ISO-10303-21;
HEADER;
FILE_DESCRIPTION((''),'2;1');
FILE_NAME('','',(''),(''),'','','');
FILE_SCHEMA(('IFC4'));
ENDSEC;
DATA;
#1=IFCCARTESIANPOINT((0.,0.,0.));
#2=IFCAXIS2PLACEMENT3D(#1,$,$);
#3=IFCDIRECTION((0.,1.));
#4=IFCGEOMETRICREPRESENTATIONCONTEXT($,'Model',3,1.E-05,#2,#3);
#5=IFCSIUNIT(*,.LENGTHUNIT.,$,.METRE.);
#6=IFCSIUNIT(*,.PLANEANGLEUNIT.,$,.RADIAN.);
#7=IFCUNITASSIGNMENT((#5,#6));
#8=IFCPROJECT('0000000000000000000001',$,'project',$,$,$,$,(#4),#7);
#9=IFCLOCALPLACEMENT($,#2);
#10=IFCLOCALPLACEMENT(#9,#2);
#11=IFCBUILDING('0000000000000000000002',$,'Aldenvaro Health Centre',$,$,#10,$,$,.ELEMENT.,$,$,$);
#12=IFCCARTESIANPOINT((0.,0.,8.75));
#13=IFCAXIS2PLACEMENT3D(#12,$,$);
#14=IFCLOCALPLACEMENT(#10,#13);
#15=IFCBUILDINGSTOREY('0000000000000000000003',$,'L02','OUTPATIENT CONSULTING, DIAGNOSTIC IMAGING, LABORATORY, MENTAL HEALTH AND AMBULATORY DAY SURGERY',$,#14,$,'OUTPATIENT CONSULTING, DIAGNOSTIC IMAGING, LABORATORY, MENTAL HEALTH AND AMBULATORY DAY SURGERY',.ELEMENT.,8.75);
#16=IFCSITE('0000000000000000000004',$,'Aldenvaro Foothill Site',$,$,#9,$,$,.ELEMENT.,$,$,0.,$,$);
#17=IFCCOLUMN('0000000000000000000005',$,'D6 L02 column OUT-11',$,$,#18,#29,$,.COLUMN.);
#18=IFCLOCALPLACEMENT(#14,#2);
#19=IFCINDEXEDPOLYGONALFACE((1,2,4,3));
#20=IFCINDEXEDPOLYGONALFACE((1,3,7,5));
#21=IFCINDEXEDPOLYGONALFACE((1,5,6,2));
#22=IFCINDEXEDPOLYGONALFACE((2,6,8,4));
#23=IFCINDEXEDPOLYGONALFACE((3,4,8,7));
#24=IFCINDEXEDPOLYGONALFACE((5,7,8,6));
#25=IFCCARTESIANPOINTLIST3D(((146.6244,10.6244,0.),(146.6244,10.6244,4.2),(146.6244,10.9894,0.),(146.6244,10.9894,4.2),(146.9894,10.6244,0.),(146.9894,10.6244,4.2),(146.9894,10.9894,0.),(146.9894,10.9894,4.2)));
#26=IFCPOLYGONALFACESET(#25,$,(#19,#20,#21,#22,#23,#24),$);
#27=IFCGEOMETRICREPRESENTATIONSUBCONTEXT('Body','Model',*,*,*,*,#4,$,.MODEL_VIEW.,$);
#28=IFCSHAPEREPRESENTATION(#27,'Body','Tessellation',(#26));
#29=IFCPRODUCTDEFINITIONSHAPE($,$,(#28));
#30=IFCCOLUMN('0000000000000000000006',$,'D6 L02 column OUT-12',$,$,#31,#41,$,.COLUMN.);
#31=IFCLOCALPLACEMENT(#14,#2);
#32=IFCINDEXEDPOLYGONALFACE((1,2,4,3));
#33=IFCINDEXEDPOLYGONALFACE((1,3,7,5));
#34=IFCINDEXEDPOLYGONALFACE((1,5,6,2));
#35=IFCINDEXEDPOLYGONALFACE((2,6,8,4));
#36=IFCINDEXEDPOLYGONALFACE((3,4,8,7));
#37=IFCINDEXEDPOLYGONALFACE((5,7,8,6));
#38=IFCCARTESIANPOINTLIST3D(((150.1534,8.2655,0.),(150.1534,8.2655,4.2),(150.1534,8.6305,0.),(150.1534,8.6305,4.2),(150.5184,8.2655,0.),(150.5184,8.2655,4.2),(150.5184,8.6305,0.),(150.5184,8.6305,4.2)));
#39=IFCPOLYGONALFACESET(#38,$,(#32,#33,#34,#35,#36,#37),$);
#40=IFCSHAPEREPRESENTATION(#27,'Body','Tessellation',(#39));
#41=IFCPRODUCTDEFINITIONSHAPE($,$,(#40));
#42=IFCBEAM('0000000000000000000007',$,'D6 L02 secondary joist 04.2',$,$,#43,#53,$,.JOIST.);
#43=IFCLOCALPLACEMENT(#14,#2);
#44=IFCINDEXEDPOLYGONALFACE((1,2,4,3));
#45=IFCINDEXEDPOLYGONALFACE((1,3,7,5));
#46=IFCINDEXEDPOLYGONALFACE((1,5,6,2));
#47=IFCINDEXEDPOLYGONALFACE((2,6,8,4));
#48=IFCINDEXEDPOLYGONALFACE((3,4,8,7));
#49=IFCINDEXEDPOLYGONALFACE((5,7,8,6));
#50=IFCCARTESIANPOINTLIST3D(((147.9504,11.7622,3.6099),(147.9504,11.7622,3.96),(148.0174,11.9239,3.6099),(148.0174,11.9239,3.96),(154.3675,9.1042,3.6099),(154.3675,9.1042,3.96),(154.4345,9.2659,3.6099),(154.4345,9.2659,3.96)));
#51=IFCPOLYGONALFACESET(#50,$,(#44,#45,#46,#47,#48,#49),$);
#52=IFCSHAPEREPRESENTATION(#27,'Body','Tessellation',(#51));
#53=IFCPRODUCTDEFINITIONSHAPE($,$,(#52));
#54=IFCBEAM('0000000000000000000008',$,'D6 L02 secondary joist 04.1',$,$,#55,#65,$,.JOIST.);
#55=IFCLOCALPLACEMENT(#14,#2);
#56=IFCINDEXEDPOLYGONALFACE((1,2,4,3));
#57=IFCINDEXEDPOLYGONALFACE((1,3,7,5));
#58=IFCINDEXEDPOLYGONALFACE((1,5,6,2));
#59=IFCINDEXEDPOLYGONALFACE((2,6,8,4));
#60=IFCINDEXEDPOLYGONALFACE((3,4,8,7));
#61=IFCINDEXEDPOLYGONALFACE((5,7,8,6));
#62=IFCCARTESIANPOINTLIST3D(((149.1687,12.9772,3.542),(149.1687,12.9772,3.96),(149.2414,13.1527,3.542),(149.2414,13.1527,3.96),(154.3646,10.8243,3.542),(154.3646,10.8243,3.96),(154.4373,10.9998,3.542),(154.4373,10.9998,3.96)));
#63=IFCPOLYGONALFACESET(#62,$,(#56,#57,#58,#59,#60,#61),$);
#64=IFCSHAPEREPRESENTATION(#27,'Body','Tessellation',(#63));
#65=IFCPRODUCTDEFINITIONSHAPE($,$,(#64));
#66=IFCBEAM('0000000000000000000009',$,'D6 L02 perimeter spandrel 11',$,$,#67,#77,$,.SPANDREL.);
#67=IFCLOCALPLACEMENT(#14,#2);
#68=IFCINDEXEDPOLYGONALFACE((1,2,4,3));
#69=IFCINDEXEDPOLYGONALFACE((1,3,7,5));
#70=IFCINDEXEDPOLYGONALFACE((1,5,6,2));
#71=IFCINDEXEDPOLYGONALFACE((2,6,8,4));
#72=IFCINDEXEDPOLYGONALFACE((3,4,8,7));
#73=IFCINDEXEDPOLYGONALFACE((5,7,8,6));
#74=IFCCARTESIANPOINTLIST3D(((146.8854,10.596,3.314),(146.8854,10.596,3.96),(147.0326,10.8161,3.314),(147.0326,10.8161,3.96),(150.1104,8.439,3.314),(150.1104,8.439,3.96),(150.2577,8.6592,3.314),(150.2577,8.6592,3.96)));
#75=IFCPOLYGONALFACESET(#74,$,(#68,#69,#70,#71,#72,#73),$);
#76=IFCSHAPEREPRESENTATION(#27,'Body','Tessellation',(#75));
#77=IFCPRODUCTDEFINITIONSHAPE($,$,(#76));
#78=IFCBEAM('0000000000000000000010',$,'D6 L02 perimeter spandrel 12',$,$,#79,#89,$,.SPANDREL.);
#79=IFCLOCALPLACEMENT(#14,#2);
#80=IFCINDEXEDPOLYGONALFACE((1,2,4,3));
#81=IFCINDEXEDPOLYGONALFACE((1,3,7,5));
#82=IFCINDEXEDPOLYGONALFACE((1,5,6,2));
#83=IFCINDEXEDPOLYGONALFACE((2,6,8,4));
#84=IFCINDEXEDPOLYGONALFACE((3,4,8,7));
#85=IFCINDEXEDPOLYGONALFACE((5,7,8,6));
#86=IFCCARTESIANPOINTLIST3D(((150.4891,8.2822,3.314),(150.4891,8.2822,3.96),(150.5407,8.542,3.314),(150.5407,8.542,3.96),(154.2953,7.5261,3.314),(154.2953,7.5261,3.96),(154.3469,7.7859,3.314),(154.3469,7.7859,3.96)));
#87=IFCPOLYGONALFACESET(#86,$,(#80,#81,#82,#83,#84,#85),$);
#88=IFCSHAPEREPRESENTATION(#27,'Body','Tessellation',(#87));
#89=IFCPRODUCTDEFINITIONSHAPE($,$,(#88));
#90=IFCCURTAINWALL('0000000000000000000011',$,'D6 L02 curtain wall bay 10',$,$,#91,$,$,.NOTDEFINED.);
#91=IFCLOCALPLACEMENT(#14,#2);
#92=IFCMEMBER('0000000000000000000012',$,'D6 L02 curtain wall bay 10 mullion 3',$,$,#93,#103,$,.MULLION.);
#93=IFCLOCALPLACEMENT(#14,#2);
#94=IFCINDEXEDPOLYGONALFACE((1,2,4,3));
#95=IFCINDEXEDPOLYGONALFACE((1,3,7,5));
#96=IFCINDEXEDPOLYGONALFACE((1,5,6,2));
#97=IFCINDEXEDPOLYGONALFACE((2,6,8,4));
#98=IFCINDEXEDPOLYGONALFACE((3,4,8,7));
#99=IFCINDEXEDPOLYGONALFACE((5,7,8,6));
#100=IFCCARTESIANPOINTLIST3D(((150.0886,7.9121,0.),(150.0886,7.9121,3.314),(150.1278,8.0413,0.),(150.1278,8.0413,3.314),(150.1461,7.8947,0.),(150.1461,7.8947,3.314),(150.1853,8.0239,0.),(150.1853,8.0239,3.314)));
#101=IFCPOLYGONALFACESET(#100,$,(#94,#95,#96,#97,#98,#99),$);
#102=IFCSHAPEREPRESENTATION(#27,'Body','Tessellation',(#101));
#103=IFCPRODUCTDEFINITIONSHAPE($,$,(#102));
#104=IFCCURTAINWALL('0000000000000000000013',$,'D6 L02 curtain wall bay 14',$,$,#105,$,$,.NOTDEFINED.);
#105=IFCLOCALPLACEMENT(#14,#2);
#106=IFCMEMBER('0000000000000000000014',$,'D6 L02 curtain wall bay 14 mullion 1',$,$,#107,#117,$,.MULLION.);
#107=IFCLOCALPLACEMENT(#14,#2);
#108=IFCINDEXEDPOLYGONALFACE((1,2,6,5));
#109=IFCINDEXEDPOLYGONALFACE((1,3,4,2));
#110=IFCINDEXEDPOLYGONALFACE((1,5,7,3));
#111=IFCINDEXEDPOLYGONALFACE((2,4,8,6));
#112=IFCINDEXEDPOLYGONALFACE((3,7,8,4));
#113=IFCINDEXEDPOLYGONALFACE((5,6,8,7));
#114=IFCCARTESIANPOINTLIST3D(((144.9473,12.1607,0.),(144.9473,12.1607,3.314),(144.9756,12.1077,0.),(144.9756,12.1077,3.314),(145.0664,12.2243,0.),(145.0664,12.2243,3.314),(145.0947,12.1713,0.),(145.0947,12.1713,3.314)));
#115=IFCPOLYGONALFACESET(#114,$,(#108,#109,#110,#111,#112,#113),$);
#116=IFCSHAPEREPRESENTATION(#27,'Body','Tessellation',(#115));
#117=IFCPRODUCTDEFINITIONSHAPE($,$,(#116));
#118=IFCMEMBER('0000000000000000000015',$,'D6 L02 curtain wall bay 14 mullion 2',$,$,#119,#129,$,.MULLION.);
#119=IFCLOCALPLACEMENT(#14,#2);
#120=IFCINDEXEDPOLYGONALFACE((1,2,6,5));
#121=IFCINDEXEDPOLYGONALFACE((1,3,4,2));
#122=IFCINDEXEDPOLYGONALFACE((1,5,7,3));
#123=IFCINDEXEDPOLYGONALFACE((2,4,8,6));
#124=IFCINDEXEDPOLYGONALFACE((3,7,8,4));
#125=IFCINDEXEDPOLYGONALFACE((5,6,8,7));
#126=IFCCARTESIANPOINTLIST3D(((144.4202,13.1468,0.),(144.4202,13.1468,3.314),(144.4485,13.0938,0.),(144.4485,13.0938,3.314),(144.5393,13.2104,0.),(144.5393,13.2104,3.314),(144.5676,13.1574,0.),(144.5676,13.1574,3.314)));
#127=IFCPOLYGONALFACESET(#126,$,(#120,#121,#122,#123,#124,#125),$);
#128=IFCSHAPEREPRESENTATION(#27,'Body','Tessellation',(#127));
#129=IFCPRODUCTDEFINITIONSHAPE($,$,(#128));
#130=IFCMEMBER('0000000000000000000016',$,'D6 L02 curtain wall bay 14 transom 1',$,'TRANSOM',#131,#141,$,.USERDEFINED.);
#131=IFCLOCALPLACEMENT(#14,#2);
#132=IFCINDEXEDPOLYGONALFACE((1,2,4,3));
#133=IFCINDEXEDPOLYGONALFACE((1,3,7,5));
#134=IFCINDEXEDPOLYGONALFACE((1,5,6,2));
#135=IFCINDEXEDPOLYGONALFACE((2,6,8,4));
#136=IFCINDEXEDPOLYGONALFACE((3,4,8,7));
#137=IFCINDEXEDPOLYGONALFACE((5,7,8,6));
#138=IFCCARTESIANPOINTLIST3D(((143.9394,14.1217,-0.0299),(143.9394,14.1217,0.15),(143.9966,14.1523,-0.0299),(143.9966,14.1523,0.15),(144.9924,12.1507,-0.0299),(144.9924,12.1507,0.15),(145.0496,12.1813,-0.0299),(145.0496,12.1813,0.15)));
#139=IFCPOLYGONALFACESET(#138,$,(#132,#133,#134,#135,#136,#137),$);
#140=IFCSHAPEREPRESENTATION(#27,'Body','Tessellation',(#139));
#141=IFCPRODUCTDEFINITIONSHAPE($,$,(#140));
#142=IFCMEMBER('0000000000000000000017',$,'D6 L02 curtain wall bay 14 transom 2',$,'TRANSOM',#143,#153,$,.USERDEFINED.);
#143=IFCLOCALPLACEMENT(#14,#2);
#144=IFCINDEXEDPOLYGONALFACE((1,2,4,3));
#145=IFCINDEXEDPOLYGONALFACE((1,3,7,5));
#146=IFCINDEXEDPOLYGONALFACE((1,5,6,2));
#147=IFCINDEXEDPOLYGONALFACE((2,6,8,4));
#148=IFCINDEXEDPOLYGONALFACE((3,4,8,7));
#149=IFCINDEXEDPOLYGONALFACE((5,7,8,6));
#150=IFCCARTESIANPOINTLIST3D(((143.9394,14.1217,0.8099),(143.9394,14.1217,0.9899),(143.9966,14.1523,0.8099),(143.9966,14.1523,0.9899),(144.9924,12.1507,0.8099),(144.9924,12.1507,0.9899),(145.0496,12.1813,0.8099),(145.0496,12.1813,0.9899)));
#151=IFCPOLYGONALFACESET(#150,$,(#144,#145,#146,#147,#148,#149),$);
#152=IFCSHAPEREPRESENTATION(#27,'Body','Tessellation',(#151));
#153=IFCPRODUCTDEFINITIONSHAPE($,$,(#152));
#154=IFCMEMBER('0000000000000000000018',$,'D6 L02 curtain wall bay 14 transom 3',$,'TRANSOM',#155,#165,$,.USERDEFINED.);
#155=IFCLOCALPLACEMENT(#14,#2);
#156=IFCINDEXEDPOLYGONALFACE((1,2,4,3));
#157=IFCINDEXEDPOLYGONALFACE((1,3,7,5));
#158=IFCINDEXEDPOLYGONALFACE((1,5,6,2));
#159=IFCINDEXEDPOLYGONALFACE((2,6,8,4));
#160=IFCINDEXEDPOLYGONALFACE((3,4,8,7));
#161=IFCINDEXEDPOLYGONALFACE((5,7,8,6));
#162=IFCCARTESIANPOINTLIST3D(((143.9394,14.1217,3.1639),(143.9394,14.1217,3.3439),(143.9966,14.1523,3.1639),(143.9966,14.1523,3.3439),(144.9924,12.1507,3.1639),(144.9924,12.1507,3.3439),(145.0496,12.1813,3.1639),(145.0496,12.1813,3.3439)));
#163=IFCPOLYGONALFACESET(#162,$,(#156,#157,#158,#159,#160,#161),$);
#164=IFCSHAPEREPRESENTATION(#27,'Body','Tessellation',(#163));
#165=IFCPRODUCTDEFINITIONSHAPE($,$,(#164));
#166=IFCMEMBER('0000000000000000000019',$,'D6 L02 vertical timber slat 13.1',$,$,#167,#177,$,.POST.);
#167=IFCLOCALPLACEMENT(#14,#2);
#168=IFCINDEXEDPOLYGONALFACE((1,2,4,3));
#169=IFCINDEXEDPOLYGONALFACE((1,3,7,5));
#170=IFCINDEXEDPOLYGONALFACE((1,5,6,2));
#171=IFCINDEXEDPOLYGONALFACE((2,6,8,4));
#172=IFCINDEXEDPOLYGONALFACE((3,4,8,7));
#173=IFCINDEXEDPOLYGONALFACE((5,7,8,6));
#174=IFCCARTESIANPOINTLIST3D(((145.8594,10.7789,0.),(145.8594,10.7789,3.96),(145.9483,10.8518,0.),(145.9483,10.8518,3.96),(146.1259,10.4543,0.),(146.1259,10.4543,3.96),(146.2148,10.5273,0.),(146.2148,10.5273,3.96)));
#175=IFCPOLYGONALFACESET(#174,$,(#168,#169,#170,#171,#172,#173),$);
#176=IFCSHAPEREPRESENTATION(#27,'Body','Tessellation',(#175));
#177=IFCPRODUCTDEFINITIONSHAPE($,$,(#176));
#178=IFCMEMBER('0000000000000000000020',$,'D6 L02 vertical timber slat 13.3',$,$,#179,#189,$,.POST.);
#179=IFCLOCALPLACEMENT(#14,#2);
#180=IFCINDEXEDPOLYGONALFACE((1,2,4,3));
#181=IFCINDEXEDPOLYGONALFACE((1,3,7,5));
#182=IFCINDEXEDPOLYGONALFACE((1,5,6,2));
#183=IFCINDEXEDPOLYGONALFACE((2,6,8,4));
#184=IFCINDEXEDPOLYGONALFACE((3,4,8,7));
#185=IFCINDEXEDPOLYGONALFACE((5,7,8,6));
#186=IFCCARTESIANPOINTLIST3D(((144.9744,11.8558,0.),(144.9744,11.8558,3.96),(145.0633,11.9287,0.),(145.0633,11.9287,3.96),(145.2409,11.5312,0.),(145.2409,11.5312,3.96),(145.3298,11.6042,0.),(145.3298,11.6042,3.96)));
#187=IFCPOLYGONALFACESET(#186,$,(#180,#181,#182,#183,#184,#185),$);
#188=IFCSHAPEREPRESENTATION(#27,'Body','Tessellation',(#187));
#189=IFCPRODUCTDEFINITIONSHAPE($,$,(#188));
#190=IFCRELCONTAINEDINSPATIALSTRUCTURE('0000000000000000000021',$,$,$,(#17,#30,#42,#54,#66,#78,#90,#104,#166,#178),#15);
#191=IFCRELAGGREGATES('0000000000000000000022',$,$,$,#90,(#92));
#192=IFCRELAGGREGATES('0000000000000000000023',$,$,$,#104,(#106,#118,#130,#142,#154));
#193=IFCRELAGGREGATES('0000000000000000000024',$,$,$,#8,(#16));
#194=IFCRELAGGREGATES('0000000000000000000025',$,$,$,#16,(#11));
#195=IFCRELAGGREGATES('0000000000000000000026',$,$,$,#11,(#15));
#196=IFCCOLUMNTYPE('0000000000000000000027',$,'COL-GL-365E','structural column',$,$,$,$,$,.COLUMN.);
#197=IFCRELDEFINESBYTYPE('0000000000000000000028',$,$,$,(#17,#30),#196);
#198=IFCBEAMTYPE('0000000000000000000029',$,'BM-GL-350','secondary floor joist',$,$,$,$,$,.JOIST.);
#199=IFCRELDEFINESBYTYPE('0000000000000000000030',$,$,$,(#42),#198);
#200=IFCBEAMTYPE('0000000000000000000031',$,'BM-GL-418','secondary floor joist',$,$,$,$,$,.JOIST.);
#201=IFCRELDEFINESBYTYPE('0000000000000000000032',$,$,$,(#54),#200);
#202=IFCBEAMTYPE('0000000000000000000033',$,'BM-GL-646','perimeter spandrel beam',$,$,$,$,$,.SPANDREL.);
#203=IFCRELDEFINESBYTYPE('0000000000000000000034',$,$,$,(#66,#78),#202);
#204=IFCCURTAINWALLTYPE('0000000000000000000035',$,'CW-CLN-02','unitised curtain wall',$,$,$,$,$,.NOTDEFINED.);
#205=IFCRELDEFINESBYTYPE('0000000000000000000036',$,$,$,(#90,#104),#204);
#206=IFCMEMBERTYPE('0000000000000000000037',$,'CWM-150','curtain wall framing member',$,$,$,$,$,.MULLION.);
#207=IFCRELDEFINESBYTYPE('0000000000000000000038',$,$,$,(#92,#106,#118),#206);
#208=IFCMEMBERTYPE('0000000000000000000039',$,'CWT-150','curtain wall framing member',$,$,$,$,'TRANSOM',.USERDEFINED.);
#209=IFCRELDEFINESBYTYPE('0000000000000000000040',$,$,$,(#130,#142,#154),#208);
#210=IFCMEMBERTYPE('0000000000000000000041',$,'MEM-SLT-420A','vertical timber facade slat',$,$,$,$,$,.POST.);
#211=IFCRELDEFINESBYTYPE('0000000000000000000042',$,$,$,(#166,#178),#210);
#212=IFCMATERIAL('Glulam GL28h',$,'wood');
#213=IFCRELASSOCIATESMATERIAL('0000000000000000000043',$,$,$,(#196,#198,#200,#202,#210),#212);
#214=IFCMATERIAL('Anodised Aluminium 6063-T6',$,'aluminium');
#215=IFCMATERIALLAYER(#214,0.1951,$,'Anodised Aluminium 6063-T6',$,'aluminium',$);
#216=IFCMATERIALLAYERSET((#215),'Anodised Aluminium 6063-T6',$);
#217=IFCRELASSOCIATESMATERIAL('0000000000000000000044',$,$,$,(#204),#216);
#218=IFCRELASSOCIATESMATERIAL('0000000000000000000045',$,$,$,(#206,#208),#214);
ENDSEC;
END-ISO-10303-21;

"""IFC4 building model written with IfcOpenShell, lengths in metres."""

from ifc_helpers import new_model, si_unit, direction, frame, origin, origin_2d, place, context, subcontext, project, spatial, rectangle, extrude, material, layer, layer_set, material_profile, profile_set, type_object, element, aggregate, save


model = new_model("IFC4")

# Units and contexts
model_context = context("Model", 3, precision=1e-05, world=origin(), true_north=direction((0.0, 1.0)))
body_context = subcontext(model_context, "Body", "Model", "MODEL_VIEW")
ifc_project = project(units=[si_unit("LENGTHUNIT", "METRE"), si_unit("PLANEANGLEUNIT", "RADIAN")], contexts=[model_context])

# Site, building, storey
site_placement = place(None, origin())
site = spatial("IfcSite", under=ifc_project, at=site_placement, Name="Aldenvaro Foothill Site", CompositionType="ELEMENT", RefElevation=0.0)
building_placement = place(site_placement, origin())
building = spatial("IfcBuilding", under=site, at=building_placement, Name="Aldenvaro Health Centre", CompositionType="ELEMENT")
storey_placement = place(building_placement, frame((0.0, 0.0, 8.75)))
storey = spatial("IfcBuildingStorey", under=building, at=storey_placement, Name="L02", Description="OUTPATIENT CONSULTING, DIAGNOSTIC IMAGING, LABORATORY, MENTAL HEALTH AND AMBULATORY DAY SURGERY", LongName="OUTPATIENT CONSULTING, DIAGNOSTIC IMAGING, LABORATORY, MENTAL HEALTH AND AMBULATORY DAY SURGERY", CompositionType="ELEMENT", Elevation=8.75)

# Columns
ifc_material_1 = material(Name="Glulam GL28h", Category="wood")
ifc_material_profile_1 = material_profile(ifc_material_1, rectangle(XDim=0.365, YDim=0.365, at=origin_2d()), Name="GL 365x365", Category="wood")
ifc_profile_set_1 = profile_set([ifc_material_profile_1], Name="Glulam GL28h")
column_type = type_object("IfcColumnType", Name="COL-GL-365E", Description="structural column", PredefinedType="COLUMN", material=ifc_profile_set_1)
for number, where, z_axis, x_axis, name in (
    (1, (146.8069, 10.8069, 0.0), (0.0, 0.0, 1.0), (1.0, 0.0, 0.0), "D6 L02 column OUT-11"),
    (2, (150.3359, 8.448, 0.0), (0.0, 0.0, 1.0), (1.0, 0.0, 0.0), "D6 L02 column OUT-12"),
):
    element("IfcColumn", number, at=place(storey_placement, frame(where, z_axis=z_axis, x_axis=x_axis)), inside=storey, type_object=column_type, Name=name, PredefinedType="COLUMN", context=body_context, shape_type="SweptSolid", body=[
        extrude(rectangle(XDim=0.365, YDim=0.365, at=origin_2d()), origin(), (0.0, 0.0, 1.0), 4.2),
    ])

# Beams
ifc_material_profile_2 = material_profile(ifc_material_1, rectangle(XDim=0.175, YDim=0.3501, at=origin_2d()), Name="GL 175x350", Category="wood")
ifc_profile_set_2 = profile_set([ifc_material_profile_2], Name="Glulam GL28h")
beam_type_1 = type_object("IfcBeamType", Name="BM-GL-350", Description="secondary floor joist", PredefinedType="JOIST", material=ifc_profile_set_2)
beam_1_placement = place(storey_placement, frame((147.9839, 11.843, 3.7849), z_axis=(0.923882, -0.382678, 0.0), x_axis=(0.382678, 0.923882, 0.0)))
element("IfcBeam", 3, at=beam_1_placement, inside=storey, type_object=beam_type_1, Name="D6 L02 secondary joist 04.2", PredefinedType="JOIST", context=body_context, shape_type="SweptSolid", body=[
    extrude(rectangle(XDim=0.175, YDim=0.3501, at=origin_2d()), origin(), (0.0, 0.0, 1.0), 6.9458),
])
ifc_material_profile_3 = material_profile(ifc_material_1, rectangle(XDim=0.1899, YDim=0.418, at=origin_2d()), Name="GL 190x418", Category="wood")
ifc_profile_set_3 = profile_set([ifc_material_profile_3], Name="Glulam GL28h")
beam_type_2 = type_object("IfcBeamType", Name="BM-GL-418", Description="secondary floor joist", PredefinedType="JOIST", material=ifc_profile_set_3)
beam_2_placement = place(storey_placement, frame((149.2051, 13.0649, 3.751), z_axis=(0.923838, -0.382784, 0.0), x_axis=(0.382784, 0.923838, 0.0)))
element("IfcBeam", 4, at=beam_2_placement, inside=storey, type_object=beam_type_2, Name="D6 L02 secondary joist 04.1", PredefinedType="JOIST", context=body_context, shape_type="SweptSolid", body=[
    extrude(rectangle(XDim=0.1899, YDim=0.418, at=origin_2d()), origin(), (0.0, 0.0, 1.0), 5.6243),
])
ifc_material_profile_4 = material_profile(ifc_material_1, rectangle(XDim=0.2649, YDim=0.646, at=origin_2d()), Name="GL 265x646", Category="wood")
ifc_profile_set_4 = profile_set([ifc_material_profile_4], Name="Glulam GL28h")
beam_type_3 = type_object("IfcBeamType", Name="BM-GL-646", Description="perimeter spandrel beam", PredefinedType="SPANDREL", material=ifc_profile_set_4)
beam_3_placement = place(storey_placement, frame((146.959, 10.7061, 3.637), z_axis=(0.831227, -0.555934, 0.0), x_axis=(0.555934, 0.831227, 0.0)))
element("IfcBeam", 5, at=beam_3_placement, inside=storey, type_object=beam_type_3, Name="D6 L02 perimeter spandrel 11", PredefinedType="SPANDREL", context=body_context, shape_type="SweptSolid", body=[
    extrude(rectangle(XDim=0.2649, YDim=0.646, at=origin_2d()), origin(), (0.0, 0.0, 1.0), 3.8799),
])
beam_4_placement = place(storey_placement, frame((150.5149, 8.4121, 3.637), z_axis=(0.980834, -0.194846, 0.0), x_axis=(0.194846, 0.980834, 0.0)))
element("IfcBeam", 6, at=beam_4_placement, inside=storey, type_object=beam_type_3, Name="D6 L02 perimeter spandrel 12", PredefinedType="SPANDREL", context=body_context, shape_type="SweptSolid", body=[
    extrude(rectangle(XDim=0.2649, YDim=0.646, at=origin_2d()), origin(), (0.0, 0.0, 1.0), 3.8806),
])

# Curtain wall, member
ifc_material_2 = material(Name="Anodised Aluminium 6063-T6", Category="aluminium")
ifc_layer_1 = layer(ifc_material_2, 0.1951, Name="Anodised Aluminium 6063-T6", Category="aluminium")
ifc_layer_set_1 = layer_set([ifc_layer_1], Name="Anodised Aluminium 6063-T6")
curtain_wall_type = type_object("IfcCurtainWallType", Name="CW-CLN-02", Description="unitised curtain wall", PredefinedType="NOTDEFINED", material=ifc_layer_set_1)
curtain_wall_1_placement = place(storey_placement, origin())
curtain_wall_1 = element("IfcCurtainWall", 7, at=curtain_wall_1_placement, inside=storey, type_object=curtain_wall_type, Name="D6 L02 curtain wall bay 10", PredefinedType="NOTDEFINED")
ifc_material_profile_5 = material_profile(ifc_material_2, rectangle(XDim=0.0601, YDim=0.135, at=origin_2d()), Name="ALU 60x135", Category="aluminium")
ifc_profile_set_5 = profile_set([ifc_material_profile_5], Name="Anodised Aluminium 6063-T6")
member_type_1 = type_object("IfcMemberType", Name="CWM-150", Description="curtain wall framing member", PredefinedType="MULLION", material=ifc_profile_set_5)
member_1_placement = place(storey_placement, frame((150.137, 7.968, 0.0), z_axis=(0.0, 0.0, 1.0), x_axis=(-0.956923, 0.290343, 0.0)))
member_1 = element("IfcMember", 8, at=member_1_placement, type_object=member_type_1, Name="D6 L02 curtain wall bay 10 mullion 3", PredefinedType="MULLION", context=body_context, shape_type="SweptSolid", body=[
    extrude(rectangle(XDim=0.0601, YDim=0.135, at=origin_2d()), origin(), (0.0, 0.0, 1.0), 3.314),
])

# Curtain wall, members
curtain_wall_2_placement = place(storey_placement, origin())
curtain_wall_2 = element("IfcCurtainWall", 9, at=curtain_wall_2_placement, inside=storey, type_object=curtain_wall_type, Name="D6 L02 curtain wall bay 14", PredefinedType="NOTDEFINED")
member_2_placement = place(storey_placement, frame((145.021, 12.166, 0.0), z_axis=(0.0, 0.0, 1.0), x_axis=(-0.471215, 0.882018, 0.0)))
member_2 = element("IfcMember", 10, at=member_2_placement, type_object=member_type_1, Name="D6 L02 curtain wall bay 14 mullion 1", PredefinedType="MULLION", context=body_context, shape_type="SweptSolid", body=[
    extrude(rectangle(XDim=0.0601, YDim=0.135, at=origin_2d()), origin(), (0.0, 0.0, 1.0), 3.314),
])
member_3_placement = place(storey_placement, frame((144.4939, 13.1521, 0.0), z_axis=(0.0, 0.0, 1.0), x_axis=(-0.471215, 0.882018, 0.0)))
member_3 = element("IfcMember", 11, at=member_3_placement, type_object=member_type_1, Name="D6 L02 curtain wall bay 14 mullion 2", PredefinedType="MULLION", context=body_context, shape_type="SweptSolid", body=[
    extrude(rectangle(XDim=0.0601, YDim=0.135, at=origin_2d()), origin(), (0.0, 0.0, 1.0), 3.314),
])
ifc_material_profile_6 = material_profile(ifc_material_2, rectangle(XDim=0.0649, YDim=0.1799, at=origin_2d()), Name="ALU 65x180", Category="aluminium")
ifc_profile_set_6 = profile_set([ifc_material_profile_6], Name="Anodised Aluminium 6063-T6")
member_type_2 = type_object("IfcMemberType", Name="CWT-150", Description="curtain wall framing member", ElementType="TRANSOM", PredefinedType="USERDEFINED", material=ifc_profile_set_6)
member_4_placement = place(storey_placement, frame((145.021, 12.166, 0.0601), z_axis=(-0.471218, 0.882017, 0.0), x_axis=(-0.882017, -0.471218, 0.0)))
member_4 = element("IfcMember", 12, at=member_4_placement, type_object=member_type_2, Name="D6 L02 curtain wall bay 14 transom 1", ObjectType="TRANSOM", PredefinedType="USERDEFINED", context=body_context, shape_type="SweptSolid", body=[
    extrude(rectangle(XDim=0.0649, YDim=0.1799, at=origin_2d()), origin(), (0.0, 0.0, 1.0), 2.2346),
])
member_5_placement = place(storey_placement, frame((145.021, 12.166, 0.8999), z_axis=(-0.471218, 0.882017, 0.0), x_axis=(-0.882017, -0.471218, 0.0)))
member_5 = element("IfcMember", 13, at=member_5_placement, type_object=member_type_2, Name="D6 L02 curtain wall bay 14 transom 2", ObjectType="TRANSOM", PredefinedType="USERDEFINED", context=body_context, shape_type="SweptSolid", body=[
    extrude(rectangle(XDim=0.0649, YDim=0.1799, at=origin_2d()), origin(), (0.0, 0.0, 1.0), 2.2346),
])
member_6_placement = place(storey_placement, frame((145.021, 12.166, 3.2539), z_axis=(-0.471218, 0.882017, 0.0), x_axis=(-0.882017, -0.471218, 0.0)))
member_6 = element("IfcMember", 14, at=member_6_placement, type_object=member_type_2, Name="D6 L02 curtain wall bay 14 transom 3", ObjectType="TRANSOM", PredefinedType="USERDEFINED", context=body_context, shape_type="SweptSolid", body=[
    extrude(rectangle(XDim=0.0649, YDim=0.1799, at=origin_2d()), origin(), (0.0, 0.0, 1.0), 2.2346),
])

# Members
ifc_material_profile_7 = material_profile(ifc_material_1, rectangle(XDim=0.115, YDim=0.4199, at=origin_2d()), Name="GL 115x420", Category="wood")
ifc_profile_set_7 = profile_set([ifc_material_profile_7], Name="Glulam GL28h")
member_type_3 = type_object("IfcMemberType", Name="MEM-SLT-420A", Description="vertical timber facade slat", PredefinedType="POST", material=ifc_profile_set_7)
for number, where, z_axis, x_axis, name in (
    (15, (146.0371, 10.6531, 0.0), (0.0, 0.0, 1.0), (-0.77286, -0.634577, 0.0), "D6 L02 vertical timber slat 13.1"),
    (16, (145.1521, 11.73, 0.0), (0.0, 0.0, 1.0), (-0.77286, -0.634577, 0.0), "D6 L02 vertical timber slat 13.3"),
):
    element("IfcMember", number, at=place(storey_placement, frame(where, z_axis=z_axis, x_axis=x_axis)), inside=storey, type_object=member_type_3, Name=name, PredefinedType="POST", context=body_context, shape_type="SweptSolid", body=[
        extrude(rectangle(XDim=0.115, YDim=0.4199, at=origin_2d()), origin(), (0.0, 0.0, 1.0), 3.96),
    ])

aggregate(curtain_wall_1, [member_1])
aggregate(curtain_wall_2, [member_2, member_3, member_4, member_5, member_6])

save(model, "model.ifc")
